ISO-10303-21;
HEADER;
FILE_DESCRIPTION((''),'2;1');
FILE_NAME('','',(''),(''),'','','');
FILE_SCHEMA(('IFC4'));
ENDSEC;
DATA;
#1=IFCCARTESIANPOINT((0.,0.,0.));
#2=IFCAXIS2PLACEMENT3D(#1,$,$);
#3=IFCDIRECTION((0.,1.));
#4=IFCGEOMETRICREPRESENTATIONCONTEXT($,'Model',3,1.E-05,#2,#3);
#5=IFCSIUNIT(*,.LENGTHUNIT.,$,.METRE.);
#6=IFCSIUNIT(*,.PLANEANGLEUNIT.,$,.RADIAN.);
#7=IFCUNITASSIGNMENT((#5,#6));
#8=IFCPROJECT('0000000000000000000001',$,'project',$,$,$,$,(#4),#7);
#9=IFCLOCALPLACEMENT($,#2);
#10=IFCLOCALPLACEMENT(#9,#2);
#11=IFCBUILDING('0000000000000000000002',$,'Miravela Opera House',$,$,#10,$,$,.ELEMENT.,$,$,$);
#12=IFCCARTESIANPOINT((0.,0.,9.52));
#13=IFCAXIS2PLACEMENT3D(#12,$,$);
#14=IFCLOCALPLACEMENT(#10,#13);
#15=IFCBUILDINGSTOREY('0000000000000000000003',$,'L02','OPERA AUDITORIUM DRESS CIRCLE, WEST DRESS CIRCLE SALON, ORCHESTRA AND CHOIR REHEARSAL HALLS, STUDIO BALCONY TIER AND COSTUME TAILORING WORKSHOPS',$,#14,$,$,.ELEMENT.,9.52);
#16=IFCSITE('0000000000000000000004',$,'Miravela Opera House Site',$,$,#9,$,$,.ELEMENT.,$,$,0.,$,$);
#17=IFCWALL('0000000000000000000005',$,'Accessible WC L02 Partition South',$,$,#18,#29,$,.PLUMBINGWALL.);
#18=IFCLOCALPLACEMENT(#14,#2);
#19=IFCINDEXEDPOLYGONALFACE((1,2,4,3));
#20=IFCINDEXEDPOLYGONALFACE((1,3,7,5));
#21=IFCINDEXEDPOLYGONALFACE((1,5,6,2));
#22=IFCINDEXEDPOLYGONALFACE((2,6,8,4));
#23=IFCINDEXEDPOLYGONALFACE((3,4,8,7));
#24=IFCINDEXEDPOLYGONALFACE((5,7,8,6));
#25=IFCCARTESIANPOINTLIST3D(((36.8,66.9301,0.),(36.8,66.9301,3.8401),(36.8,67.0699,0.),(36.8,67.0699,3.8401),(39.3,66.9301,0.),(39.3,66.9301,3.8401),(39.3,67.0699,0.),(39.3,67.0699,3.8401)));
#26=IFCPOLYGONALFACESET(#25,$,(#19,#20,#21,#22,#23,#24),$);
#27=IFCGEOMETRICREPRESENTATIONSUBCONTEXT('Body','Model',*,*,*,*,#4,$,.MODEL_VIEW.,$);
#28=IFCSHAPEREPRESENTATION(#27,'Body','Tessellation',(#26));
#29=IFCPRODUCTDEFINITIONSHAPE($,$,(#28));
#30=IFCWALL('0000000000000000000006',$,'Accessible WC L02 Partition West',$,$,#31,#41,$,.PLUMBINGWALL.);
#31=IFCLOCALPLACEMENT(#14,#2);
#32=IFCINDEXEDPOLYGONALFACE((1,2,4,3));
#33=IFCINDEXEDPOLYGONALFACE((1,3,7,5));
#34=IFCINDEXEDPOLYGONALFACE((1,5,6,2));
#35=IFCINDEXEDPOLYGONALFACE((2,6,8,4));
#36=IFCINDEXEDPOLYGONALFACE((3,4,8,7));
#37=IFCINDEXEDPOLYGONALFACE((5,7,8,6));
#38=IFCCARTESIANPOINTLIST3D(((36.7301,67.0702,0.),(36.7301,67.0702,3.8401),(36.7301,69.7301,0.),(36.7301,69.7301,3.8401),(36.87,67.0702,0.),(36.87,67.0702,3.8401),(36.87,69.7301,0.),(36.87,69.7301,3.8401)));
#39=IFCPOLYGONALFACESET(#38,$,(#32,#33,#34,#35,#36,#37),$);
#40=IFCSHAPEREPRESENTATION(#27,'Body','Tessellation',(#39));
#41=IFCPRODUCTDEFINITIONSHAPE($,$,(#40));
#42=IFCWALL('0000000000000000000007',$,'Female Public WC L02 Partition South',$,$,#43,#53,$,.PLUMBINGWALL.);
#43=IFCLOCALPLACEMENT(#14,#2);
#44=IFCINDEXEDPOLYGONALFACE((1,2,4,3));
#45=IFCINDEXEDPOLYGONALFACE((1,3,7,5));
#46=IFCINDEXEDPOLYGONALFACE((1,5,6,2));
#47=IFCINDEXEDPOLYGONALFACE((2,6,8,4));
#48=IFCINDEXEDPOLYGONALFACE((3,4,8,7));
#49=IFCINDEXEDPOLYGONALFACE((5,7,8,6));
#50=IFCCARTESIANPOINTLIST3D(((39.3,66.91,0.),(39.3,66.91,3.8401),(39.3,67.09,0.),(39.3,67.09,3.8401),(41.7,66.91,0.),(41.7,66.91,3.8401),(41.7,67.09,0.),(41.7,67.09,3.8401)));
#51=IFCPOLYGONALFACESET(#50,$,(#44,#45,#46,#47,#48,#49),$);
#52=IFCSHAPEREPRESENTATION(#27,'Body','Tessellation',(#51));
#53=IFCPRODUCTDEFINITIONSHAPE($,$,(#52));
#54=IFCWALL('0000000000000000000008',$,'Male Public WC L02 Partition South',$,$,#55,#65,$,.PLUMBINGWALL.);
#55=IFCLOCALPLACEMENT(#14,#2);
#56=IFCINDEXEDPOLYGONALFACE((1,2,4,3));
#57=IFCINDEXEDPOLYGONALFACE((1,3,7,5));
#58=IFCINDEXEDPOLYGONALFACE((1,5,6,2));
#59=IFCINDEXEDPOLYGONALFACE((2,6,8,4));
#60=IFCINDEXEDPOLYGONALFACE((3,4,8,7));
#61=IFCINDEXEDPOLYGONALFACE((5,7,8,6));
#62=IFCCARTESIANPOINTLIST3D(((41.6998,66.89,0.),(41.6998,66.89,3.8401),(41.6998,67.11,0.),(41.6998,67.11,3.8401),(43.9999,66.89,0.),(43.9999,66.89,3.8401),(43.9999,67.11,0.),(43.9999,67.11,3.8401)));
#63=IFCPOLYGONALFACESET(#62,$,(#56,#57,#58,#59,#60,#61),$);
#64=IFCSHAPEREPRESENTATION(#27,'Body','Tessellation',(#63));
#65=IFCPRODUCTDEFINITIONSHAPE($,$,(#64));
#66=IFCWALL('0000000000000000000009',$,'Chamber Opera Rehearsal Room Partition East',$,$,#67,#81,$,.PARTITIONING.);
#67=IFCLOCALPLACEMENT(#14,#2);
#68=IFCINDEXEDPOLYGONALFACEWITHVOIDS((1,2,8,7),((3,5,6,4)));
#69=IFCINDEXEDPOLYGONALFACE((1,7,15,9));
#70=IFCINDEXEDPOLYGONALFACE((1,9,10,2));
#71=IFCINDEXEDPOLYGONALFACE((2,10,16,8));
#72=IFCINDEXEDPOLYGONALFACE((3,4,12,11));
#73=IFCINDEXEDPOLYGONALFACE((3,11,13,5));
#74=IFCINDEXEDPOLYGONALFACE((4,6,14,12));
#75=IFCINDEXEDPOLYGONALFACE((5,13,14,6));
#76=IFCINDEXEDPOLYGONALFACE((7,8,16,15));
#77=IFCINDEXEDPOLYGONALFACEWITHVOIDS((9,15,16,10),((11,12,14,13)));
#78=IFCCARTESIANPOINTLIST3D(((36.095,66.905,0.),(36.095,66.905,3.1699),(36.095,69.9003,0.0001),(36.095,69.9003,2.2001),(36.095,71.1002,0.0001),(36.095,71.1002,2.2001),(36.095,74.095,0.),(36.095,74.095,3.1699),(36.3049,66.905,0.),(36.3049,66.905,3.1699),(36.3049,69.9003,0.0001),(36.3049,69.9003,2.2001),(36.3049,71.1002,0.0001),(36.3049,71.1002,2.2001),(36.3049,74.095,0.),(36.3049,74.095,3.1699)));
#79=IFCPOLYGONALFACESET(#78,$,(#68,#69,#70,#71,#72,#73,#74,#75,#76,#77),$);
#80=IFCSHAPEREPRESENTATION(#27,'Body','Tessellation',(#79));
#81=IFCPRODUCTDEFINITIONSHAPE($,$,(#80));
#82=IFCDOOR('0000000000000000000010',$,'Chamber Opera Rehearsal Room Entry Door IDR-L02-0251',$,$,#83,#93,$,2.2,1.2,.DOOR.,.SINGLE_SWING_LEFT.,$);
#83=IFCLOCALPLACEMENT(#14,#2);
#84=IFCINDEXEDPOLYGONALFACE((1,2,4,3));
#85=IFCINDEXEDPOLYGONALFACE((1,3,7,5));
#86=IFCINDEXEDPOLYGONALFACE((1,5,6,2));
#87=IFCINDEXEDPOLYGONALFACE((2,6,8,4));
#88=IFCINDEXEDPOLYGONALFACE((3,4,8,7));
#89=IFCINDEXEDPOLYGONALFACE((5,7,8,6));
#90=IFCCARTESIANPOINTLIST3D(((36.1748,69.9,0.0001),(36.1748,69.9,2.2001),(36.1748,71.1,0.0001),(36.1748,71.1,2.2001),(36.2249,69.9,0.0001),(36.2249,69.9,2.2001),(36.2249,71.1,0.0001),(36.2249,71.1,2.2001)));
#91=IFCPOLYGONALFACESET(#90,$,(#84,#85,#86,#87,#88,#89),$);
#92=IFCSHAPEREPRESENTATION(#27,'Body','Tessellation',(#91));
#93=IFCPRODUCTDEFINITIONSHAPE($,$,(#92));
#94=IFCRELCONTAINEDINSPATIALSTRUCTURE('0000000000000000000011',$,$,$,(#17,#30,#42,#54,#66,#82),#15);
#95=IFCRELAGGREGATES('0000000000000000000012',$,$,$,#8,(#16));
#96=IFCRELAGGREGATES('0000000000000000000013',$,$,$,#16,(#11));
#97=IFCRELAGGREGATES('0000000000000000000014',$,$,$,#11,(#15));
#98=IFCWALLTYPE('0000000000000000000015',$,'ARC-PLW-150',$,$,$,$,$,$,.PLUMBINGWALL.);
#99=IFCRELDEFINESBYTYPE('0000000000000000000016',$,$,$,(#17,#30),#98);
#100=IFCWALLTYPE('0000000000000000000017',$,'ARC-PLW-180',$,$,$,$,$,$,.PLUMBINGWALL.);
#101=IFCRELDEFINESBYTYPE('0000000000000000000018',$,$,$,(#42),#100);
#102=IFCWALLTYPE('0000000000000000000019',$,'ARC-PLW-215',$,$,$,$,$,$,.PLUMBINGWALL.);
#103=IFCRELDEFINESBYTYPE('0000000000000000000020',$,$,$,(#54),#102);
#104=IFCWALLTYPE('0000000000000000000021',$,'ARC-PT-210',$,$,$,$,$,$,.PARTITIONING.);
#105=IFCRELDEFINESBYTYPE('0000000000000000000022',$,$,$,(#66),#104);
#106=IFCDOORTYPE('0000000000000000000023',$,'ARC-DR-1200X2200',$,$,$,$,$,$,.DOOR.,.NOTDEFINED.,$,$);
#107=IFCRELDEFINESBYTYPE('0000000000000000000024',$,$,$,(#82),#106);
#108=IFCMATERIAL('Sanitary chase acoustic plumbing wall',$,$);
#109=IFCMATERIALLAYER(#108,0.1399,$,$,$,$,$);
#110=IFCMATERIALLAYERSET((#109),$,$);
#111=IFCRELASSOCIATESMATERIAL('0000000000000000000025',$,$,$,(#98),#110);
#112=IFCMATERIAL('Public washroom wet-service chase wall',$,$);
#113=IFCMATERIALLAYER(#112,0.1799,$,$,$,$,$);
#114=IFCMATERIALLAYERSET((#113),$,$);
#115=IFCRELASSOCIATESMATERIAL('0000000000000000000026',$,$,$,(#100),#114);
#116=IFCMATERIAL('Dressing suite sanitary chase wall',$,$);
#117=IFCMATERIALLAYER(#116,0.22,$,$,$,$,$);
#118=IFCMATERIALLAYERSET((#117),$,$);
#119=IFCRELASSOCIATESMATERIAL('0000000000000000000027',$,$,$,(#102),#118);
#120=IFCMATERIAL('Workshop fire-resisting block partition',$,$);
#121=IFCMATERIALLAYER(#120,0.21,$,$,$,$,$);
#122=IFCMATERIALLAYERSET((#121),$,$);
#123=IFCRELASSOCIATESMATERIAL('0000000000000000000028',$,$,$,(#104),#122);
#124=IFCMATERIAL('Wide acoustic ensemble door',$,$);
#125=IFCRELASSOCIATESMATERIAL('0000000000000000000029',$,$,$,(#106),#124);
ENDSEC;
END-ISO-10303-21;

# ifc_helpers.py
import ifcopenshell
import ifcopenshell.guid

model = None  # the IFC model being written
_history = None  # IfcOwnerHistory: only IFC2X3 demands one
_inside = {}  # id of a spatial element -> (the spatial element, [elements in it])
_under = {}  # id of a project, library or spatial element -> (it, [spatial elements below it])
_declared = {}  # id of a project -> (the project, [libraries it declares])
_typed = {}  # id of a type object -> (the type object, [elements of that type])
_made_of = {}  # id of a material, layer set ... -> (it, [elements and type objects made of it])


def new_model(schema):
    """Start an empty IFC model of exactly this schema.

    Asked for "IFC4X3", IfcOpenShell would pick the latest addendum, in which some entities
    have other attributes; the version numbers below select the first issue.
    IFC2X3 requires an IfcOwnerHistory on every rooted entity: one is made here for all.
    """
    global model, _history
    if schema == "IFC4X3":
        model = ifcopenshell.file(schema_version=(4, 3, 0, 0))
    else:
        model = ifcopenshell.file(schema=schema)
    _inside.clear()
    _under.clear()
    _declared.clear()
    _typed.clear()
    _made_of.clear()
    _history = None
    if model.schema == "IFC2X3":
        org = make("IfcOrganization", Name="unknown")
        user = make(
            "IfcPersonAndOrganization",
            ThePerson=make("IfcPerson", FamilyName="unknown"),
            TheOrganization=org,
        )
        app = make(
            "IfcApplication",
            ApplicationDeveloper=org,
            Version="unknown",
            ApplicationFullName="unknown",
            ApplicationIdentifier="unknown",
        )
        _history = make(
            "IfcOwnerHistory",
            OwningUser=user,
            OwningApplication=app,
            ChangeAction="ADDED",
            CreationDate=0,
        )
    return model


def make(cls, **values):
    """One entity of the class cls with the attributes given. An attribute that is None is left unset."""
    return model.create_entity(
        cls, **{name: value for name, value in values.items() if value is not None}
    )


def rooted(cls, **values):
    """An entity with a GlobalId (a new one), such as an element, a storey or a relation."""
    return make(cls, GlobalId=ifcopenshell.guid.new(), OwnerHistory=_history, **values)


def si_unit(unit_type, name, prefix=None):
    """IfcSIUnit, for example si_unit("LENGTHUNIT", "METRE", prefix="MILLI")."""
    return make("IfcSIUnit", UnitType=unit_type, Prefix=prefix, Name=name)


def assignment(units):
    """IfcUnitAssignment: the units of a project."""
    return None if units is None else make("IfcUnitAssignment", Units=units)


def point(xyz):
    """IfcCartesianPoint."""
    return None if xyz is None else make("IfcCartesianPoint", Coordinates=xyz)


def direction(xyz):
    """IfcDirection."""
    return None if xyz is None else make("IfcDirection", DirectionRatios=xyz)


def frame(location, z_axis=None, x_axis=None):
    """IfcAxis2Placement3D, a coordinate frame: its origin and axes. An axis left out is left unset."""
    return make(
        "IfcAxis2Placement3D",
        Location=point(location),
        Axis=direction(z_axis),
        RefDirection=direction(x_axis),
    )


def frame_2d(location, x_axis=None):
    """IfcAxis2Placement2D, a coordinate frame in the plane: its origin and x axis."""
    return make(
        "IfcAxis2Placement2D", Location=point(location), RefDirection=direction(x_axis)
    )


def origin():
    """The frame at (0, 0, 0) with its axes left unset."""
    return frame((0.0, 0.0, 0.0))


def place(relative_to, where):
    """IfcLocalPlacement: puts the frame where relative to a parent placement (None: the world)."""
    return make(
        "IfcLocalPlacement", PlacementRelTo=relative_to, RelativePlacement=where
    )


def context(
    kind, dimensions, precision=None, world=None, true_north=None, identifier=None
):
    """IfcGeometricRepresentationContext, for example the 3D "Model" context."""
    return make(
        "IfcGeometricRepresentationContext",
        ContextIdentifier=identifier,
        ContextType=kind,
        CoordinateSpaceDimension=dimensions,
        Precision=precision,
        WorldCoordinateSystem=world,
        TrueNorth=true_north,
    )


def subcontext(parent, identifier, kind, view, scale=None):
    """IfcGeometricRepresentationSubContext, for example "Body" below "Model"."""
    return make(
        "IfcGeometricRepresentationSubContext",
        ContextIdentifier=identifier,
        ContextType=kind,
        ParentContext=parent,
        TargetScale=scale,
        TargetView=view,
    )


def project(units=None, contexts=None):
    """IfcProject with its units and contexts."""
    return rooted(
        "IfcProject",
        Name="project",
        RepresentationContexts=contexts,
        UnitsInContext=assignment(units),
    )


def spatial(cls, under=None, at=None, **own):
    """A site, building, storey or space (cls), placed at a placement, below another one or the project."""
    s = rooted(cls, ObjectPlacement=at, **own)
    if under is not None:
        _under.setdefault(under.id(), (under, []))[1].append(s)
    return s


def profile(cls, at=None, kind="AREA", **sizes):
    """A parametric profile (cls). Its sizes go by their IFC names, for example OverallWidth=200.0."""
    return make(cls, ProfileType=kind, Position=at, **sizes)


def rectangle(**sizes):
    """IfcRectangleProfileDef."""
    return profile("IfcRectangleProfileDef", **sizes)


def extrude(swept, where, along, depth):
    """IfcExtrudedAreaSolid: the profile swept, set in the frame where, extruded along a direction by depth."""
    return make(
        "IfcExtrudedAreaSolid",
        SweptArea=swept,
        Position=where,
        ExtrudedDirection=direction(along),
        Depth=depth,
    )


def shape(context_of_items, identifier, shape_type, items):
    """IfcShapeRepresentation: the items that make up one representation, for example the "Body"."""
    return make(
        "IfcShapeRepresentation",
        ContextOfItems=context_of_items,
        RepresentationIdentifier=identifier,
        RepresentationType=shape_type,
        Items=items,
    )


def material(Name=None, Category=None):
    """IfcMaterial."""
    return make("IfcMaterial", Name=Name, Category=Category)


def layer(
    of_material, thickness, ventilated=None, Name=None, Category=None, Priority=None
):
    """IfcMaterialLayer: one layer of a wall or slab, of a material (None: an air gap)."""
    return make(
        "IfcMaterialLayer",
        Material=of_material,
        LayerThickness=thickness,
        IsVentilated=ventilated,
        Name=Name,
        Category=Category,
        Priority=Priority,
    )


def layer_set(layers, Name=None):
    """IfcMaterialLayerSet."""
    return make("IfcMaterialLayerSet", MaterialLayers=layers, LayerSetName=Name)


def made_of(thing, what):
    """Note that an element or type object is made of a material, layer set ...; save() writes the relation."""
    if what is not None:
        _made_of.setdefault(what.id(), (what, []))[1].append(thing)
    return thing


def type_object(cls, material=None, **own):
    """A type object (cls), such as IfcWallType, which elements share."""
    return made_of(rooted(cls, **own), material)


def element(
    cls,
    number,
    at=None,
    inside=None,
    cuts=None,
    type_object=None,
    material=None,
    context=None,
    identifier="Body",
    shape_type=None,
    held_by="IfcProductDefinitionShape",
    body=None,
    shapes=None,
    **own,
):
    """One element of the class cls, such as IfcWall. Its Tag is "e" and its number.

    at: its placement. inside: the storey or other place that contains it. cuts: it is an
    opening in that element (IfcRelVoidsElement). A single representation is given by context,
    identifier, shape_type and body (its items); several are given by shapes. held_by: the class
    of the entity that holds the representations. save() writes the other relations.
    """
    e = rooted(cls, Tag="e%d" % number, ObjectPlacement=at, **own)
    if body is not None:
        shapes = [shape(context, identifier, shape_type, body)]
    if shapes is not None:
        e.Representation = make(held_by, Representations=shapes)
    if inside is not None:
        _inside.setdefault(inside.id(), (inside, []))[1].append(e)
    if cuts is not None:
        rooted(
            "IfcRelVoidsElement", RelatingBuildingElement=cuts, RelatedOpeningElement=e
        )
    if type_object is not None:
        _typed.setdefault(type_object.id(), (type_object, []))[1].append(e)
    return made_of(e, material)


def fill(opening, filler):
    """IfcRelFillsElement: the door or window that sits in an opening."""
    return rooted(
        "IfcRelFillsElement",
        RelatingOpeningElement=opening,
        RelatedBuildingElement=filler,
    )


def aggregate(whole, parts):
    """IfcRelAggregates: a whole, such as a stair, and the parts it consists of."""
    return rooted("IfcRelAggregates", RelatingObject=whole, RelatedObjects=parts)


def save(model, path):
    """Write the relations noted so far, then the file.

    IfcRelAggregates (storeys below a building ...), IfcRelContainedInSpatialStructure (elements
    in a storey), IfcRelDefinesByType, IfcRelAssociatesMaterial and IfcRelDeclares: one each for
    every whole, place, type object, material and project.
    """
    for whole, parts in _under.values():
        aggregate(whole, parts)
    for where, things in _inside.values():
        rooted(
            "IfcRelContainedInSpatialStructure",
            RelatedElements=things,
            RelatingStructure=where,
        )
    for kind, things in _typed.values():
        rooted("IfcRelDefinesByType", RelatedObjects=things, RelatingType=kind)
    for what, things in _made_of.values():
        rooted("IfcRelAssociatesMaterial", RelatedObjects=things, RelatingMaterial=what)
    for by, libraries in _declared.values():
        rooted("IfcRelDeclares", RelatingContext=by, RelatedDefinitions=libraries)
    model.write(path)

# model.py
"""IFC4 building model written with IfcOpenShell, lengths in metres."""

from ifc_helpers import new_model, si_unit, direction, frame, frame_2d, origin, place, context, subcontext, project, spatial, rectangle, extrude, material, layer, layer_set, type_object, element, fill, save


model = new_model("IFC4")

# Units and contexts
model_context = context("Model", 3, precision=1e-05, world=origin(), true_north=direction((0.0, 1.0)))
body_context = subcontext(model_context, "Body", "Model", "MODEL_VIEW")
ifc_project = project(units=[si_unit("LENGTHUNIT", "METRE"), si_unit("PLANEANGLEUNIT", "RADIAN")], contexts=[model_context])

# Site, building, storey
site_placement = place(None, origin())
site = spatial("IfcSite", under=ifc_project, at=site_placement, Name="Miravela Opera House Site", CompositionType="ELEMENT", RefElevation=0.0)
building_placement = place(site_placement, origin())
building = spatial("IfcBuilding", under=site, at=building_placement, Name="Miravela Opera House", CompositionType="ELEMENT")
storey_placement = place(building_placement, frame((0.0, 0.0, 9.52)))
storey = spatial("IfcBuildingStorey", under=building, at=storey_placement, Name="L02", Description="OPERA AUDITORIUM DRESS CIRCLE, WEST DRESS CIRCLE SALON, ORCHESTRA AND CHOIR REHEARSAL HALLS, STUDIO BALCONY TIER AND COSTUME TAILORING WORKSHOPS", CompositionType="ELEMENT", Elevation=9.52)

# Walls
ifc_material_1 = material(Name="Sanitary chase acoustic plumbing wall")
ifc_layer_1 = layer(ifc_material_1, 0.1399)
ifc_layer_set_1 = layer_set([ifc_layer_1])
wall_type_1 = type_object("IfcWallType", Name="ARC-PLW-150", PredefinedType="PLUMBINGWALL", material=ifc_layer_set_1)
wall_1_placement = place(storey_placement, frame((36.8, 67.0, 0.0), z_axis=(0.0, 0.0, 1.0), x_axis=(1.0, 0.0, 0.0)))
element("IfcWall", 1, at=wall_1_placement, inside=storey, type_object=wall_type_1, Name="Accessible WC L02 Partition South", PredefinedType="PLUMBINGWALL", context=body_context, shape_type="SweptSolid", body=[
    extrude(rectangle(XDim=2.5, YDim=0.1399, at=frame_2d((1.25, 0.0))), origin(), (0.0, 0.0, 1.0), 3.8401),
])
wall_2_placement = place(storey_placement, frame((36.8, 67.0701, 0.0), z_axis=(0.0, 0.0, 1.0), x_axis=(0.0, 1.0, 0.0)))
element("IfcWall", 2, at=wall_2_placement, inside=storey, type_object=wall_type_1, Name="Accessible WC L02 Partition West", PredefinedType="PLUMBINGWALL", context=body_context, shape_type="SweptSolid", body=[
    extrude(rectangle(XDim=2.6599, YDim=0.1399, at=frame_2d((1.3301, 0.0))), origin(), (0.0, 0.0, 1.0), 3.8401),
])
ifc_material_2 = material(Name="Public washroom wet-service chase wall")
ifc_layer_2 = layer(ifc_material_2, 0.1799)
ifc_layer_set_2 = layer_set([ifc_layer_2])
wall_type_2 = type_object("IfcWallType", Name="ARC-PLW-180", PredefinedType="PLUMBINGWALL", material=ifc_layer_set_2)
wall_3_placement = place(storey_placement, frame((39.3, 67.0, 0.0), z_axis=(0.0, 0.0, 1.0), x_axis=(1.0, 0.0, 0.0)))
element("IfcWall", 3, at=wall_3_placement, inside=storey, type_object=wall_type_2, Name="Female Public WC L02 Partition South", PredefinedType="PLUMBINGWALL", context=body_context, shape_type="SweptSolid", body=[
    extrude(rectangle(XDim=2.3999, YDim=0.1799, at=frame_2d((1.2, 0.0))), origin(), (0.0, 0.0, 1.0), 3.8401),
])
ifc_material_3 = material(Name="Dressing suite sanitary chase wall")
ifc_layer_3 = layer(ifc_material_3, 0.22)
ifc_layer_set_3 = layer_set([ifc_layer_3])
wall_type_3 = type_object("IfcWallType", Name="ARC-PLW-215", PredefinedType="PLUMBINGWALL", material=ifc_layer_set_3)
wall_4_placement = place(storey_placement, frame((41.7, 67.0, 0.0), z_axis=(0.0, 0.0, 1.0), x_axis=(1.0, 0.0, 0.0)))
element("IfcWall", 4, at=wall_4_placement, inside=storey, type_object=wall_type_3, Name="Male Public WC L02 Partition South", PredefinedType="PLUMBINGWALL", context=body_context, shape_type="SweptSolid", body=[
    extrude(rectangle(XDim=2.3, YDim=0.22, at=frame_2d((1.1499, 0.0))), origin(), (0.0, 0.0, 1.0), 3.8401),
])

# Wall, opening, door
ifc_material_4 = material(Name="Workshop fire-resisting block partition")
ifc_layer_4 = layer(ifc_material_4, 0.21)
ifc_layer_set_4 = layer_set([ifc_layer_4])
wall_type_4 = type_object("IfcWallType", Name="ARC-PT-210", PredefinedType="PARTITIONING", material=ifc_layer_set_4)
wall_5_placement = place(storey_placement, frame((36.2, 66.905, 0.0), z_axis=(0.0, 0.0, 1.0), x_axis=(0.0, 1.0, 0.0)))
wall_5 = element("IfcWall", 5, at=wall_5_placement, inside=storey, type_object=wall_type_4, Name="Chamber Opera Rehearsal Room Partition East", PredefinedType="PARTITIONING", context=body_context, shape_type="SweptSolid", body=[
    extrude(rectangle(XDim=7.1899, YDim=0.21, at=frame_2d((3.595, 0.0))), origin(), (0.0, 0.0, 1.0), 3.1699),
])
opening_placement = place(wall_5_placement, frame((2.9951, 0.0, 0.0)))
opening = element("IfcOpeningElement", 6, at=opening_placement, cuts=wall_5, PredefinedType="OPENING", context=body_context, shape_type="SweptSolid", body=[
    extrude(rectangle(XDim=1.2, YDim=2.2, at=frame_2d((0.6001, 1.1001))), frame((0.0, 0.115, 0.0), z_axis=(0.0, -1.0, 0.0), x_axis=(1.0, 0.0, 0.0)), (0.0, 0.0, 1.0), 0.23),
])
ifc_material_5 = material(Name="Wide acoustic ensemble door")
door_type = type_object("IfcDoorType", Name="ARC-DR-1200X2200", OperationType="NOTDEFINED", PredefinedType="DOOR", material=ifc_material_5)
door_placement = place(opening_placement, frame((1.2, 0.0, 0.0), z_axis=(0.0, 0.0, 1.0), x_axis=(-1.0, 0.0, 0.0)))
door = element("IfcDoor", 7, at=door_placement, inside=storey, type_object=door_type, Name="Chamber Opera Rehearsal Room Entry Door IDR-L02-0251", OperationType="SINGLE_SWING_LEFT", OverallHeight=2.2, OverallWidth=1.2, PredefinedType="DOOR", context=body_context, shape_type="SweptSolid", body=[
    extrude(rectangle(XDim=1.2, YDim=2.2, at=frame_2d((0.6001, 1.1001))), frame((0.0, 0.0249, 0.0), z_axis=(0.0, -1.0, 0.0), x_axis=(1.0, 0.0, 0.0)), (0.0, 0.0, 1.0), 0.05),
])
fill(opening, door)

save(model, "model.ifc")
